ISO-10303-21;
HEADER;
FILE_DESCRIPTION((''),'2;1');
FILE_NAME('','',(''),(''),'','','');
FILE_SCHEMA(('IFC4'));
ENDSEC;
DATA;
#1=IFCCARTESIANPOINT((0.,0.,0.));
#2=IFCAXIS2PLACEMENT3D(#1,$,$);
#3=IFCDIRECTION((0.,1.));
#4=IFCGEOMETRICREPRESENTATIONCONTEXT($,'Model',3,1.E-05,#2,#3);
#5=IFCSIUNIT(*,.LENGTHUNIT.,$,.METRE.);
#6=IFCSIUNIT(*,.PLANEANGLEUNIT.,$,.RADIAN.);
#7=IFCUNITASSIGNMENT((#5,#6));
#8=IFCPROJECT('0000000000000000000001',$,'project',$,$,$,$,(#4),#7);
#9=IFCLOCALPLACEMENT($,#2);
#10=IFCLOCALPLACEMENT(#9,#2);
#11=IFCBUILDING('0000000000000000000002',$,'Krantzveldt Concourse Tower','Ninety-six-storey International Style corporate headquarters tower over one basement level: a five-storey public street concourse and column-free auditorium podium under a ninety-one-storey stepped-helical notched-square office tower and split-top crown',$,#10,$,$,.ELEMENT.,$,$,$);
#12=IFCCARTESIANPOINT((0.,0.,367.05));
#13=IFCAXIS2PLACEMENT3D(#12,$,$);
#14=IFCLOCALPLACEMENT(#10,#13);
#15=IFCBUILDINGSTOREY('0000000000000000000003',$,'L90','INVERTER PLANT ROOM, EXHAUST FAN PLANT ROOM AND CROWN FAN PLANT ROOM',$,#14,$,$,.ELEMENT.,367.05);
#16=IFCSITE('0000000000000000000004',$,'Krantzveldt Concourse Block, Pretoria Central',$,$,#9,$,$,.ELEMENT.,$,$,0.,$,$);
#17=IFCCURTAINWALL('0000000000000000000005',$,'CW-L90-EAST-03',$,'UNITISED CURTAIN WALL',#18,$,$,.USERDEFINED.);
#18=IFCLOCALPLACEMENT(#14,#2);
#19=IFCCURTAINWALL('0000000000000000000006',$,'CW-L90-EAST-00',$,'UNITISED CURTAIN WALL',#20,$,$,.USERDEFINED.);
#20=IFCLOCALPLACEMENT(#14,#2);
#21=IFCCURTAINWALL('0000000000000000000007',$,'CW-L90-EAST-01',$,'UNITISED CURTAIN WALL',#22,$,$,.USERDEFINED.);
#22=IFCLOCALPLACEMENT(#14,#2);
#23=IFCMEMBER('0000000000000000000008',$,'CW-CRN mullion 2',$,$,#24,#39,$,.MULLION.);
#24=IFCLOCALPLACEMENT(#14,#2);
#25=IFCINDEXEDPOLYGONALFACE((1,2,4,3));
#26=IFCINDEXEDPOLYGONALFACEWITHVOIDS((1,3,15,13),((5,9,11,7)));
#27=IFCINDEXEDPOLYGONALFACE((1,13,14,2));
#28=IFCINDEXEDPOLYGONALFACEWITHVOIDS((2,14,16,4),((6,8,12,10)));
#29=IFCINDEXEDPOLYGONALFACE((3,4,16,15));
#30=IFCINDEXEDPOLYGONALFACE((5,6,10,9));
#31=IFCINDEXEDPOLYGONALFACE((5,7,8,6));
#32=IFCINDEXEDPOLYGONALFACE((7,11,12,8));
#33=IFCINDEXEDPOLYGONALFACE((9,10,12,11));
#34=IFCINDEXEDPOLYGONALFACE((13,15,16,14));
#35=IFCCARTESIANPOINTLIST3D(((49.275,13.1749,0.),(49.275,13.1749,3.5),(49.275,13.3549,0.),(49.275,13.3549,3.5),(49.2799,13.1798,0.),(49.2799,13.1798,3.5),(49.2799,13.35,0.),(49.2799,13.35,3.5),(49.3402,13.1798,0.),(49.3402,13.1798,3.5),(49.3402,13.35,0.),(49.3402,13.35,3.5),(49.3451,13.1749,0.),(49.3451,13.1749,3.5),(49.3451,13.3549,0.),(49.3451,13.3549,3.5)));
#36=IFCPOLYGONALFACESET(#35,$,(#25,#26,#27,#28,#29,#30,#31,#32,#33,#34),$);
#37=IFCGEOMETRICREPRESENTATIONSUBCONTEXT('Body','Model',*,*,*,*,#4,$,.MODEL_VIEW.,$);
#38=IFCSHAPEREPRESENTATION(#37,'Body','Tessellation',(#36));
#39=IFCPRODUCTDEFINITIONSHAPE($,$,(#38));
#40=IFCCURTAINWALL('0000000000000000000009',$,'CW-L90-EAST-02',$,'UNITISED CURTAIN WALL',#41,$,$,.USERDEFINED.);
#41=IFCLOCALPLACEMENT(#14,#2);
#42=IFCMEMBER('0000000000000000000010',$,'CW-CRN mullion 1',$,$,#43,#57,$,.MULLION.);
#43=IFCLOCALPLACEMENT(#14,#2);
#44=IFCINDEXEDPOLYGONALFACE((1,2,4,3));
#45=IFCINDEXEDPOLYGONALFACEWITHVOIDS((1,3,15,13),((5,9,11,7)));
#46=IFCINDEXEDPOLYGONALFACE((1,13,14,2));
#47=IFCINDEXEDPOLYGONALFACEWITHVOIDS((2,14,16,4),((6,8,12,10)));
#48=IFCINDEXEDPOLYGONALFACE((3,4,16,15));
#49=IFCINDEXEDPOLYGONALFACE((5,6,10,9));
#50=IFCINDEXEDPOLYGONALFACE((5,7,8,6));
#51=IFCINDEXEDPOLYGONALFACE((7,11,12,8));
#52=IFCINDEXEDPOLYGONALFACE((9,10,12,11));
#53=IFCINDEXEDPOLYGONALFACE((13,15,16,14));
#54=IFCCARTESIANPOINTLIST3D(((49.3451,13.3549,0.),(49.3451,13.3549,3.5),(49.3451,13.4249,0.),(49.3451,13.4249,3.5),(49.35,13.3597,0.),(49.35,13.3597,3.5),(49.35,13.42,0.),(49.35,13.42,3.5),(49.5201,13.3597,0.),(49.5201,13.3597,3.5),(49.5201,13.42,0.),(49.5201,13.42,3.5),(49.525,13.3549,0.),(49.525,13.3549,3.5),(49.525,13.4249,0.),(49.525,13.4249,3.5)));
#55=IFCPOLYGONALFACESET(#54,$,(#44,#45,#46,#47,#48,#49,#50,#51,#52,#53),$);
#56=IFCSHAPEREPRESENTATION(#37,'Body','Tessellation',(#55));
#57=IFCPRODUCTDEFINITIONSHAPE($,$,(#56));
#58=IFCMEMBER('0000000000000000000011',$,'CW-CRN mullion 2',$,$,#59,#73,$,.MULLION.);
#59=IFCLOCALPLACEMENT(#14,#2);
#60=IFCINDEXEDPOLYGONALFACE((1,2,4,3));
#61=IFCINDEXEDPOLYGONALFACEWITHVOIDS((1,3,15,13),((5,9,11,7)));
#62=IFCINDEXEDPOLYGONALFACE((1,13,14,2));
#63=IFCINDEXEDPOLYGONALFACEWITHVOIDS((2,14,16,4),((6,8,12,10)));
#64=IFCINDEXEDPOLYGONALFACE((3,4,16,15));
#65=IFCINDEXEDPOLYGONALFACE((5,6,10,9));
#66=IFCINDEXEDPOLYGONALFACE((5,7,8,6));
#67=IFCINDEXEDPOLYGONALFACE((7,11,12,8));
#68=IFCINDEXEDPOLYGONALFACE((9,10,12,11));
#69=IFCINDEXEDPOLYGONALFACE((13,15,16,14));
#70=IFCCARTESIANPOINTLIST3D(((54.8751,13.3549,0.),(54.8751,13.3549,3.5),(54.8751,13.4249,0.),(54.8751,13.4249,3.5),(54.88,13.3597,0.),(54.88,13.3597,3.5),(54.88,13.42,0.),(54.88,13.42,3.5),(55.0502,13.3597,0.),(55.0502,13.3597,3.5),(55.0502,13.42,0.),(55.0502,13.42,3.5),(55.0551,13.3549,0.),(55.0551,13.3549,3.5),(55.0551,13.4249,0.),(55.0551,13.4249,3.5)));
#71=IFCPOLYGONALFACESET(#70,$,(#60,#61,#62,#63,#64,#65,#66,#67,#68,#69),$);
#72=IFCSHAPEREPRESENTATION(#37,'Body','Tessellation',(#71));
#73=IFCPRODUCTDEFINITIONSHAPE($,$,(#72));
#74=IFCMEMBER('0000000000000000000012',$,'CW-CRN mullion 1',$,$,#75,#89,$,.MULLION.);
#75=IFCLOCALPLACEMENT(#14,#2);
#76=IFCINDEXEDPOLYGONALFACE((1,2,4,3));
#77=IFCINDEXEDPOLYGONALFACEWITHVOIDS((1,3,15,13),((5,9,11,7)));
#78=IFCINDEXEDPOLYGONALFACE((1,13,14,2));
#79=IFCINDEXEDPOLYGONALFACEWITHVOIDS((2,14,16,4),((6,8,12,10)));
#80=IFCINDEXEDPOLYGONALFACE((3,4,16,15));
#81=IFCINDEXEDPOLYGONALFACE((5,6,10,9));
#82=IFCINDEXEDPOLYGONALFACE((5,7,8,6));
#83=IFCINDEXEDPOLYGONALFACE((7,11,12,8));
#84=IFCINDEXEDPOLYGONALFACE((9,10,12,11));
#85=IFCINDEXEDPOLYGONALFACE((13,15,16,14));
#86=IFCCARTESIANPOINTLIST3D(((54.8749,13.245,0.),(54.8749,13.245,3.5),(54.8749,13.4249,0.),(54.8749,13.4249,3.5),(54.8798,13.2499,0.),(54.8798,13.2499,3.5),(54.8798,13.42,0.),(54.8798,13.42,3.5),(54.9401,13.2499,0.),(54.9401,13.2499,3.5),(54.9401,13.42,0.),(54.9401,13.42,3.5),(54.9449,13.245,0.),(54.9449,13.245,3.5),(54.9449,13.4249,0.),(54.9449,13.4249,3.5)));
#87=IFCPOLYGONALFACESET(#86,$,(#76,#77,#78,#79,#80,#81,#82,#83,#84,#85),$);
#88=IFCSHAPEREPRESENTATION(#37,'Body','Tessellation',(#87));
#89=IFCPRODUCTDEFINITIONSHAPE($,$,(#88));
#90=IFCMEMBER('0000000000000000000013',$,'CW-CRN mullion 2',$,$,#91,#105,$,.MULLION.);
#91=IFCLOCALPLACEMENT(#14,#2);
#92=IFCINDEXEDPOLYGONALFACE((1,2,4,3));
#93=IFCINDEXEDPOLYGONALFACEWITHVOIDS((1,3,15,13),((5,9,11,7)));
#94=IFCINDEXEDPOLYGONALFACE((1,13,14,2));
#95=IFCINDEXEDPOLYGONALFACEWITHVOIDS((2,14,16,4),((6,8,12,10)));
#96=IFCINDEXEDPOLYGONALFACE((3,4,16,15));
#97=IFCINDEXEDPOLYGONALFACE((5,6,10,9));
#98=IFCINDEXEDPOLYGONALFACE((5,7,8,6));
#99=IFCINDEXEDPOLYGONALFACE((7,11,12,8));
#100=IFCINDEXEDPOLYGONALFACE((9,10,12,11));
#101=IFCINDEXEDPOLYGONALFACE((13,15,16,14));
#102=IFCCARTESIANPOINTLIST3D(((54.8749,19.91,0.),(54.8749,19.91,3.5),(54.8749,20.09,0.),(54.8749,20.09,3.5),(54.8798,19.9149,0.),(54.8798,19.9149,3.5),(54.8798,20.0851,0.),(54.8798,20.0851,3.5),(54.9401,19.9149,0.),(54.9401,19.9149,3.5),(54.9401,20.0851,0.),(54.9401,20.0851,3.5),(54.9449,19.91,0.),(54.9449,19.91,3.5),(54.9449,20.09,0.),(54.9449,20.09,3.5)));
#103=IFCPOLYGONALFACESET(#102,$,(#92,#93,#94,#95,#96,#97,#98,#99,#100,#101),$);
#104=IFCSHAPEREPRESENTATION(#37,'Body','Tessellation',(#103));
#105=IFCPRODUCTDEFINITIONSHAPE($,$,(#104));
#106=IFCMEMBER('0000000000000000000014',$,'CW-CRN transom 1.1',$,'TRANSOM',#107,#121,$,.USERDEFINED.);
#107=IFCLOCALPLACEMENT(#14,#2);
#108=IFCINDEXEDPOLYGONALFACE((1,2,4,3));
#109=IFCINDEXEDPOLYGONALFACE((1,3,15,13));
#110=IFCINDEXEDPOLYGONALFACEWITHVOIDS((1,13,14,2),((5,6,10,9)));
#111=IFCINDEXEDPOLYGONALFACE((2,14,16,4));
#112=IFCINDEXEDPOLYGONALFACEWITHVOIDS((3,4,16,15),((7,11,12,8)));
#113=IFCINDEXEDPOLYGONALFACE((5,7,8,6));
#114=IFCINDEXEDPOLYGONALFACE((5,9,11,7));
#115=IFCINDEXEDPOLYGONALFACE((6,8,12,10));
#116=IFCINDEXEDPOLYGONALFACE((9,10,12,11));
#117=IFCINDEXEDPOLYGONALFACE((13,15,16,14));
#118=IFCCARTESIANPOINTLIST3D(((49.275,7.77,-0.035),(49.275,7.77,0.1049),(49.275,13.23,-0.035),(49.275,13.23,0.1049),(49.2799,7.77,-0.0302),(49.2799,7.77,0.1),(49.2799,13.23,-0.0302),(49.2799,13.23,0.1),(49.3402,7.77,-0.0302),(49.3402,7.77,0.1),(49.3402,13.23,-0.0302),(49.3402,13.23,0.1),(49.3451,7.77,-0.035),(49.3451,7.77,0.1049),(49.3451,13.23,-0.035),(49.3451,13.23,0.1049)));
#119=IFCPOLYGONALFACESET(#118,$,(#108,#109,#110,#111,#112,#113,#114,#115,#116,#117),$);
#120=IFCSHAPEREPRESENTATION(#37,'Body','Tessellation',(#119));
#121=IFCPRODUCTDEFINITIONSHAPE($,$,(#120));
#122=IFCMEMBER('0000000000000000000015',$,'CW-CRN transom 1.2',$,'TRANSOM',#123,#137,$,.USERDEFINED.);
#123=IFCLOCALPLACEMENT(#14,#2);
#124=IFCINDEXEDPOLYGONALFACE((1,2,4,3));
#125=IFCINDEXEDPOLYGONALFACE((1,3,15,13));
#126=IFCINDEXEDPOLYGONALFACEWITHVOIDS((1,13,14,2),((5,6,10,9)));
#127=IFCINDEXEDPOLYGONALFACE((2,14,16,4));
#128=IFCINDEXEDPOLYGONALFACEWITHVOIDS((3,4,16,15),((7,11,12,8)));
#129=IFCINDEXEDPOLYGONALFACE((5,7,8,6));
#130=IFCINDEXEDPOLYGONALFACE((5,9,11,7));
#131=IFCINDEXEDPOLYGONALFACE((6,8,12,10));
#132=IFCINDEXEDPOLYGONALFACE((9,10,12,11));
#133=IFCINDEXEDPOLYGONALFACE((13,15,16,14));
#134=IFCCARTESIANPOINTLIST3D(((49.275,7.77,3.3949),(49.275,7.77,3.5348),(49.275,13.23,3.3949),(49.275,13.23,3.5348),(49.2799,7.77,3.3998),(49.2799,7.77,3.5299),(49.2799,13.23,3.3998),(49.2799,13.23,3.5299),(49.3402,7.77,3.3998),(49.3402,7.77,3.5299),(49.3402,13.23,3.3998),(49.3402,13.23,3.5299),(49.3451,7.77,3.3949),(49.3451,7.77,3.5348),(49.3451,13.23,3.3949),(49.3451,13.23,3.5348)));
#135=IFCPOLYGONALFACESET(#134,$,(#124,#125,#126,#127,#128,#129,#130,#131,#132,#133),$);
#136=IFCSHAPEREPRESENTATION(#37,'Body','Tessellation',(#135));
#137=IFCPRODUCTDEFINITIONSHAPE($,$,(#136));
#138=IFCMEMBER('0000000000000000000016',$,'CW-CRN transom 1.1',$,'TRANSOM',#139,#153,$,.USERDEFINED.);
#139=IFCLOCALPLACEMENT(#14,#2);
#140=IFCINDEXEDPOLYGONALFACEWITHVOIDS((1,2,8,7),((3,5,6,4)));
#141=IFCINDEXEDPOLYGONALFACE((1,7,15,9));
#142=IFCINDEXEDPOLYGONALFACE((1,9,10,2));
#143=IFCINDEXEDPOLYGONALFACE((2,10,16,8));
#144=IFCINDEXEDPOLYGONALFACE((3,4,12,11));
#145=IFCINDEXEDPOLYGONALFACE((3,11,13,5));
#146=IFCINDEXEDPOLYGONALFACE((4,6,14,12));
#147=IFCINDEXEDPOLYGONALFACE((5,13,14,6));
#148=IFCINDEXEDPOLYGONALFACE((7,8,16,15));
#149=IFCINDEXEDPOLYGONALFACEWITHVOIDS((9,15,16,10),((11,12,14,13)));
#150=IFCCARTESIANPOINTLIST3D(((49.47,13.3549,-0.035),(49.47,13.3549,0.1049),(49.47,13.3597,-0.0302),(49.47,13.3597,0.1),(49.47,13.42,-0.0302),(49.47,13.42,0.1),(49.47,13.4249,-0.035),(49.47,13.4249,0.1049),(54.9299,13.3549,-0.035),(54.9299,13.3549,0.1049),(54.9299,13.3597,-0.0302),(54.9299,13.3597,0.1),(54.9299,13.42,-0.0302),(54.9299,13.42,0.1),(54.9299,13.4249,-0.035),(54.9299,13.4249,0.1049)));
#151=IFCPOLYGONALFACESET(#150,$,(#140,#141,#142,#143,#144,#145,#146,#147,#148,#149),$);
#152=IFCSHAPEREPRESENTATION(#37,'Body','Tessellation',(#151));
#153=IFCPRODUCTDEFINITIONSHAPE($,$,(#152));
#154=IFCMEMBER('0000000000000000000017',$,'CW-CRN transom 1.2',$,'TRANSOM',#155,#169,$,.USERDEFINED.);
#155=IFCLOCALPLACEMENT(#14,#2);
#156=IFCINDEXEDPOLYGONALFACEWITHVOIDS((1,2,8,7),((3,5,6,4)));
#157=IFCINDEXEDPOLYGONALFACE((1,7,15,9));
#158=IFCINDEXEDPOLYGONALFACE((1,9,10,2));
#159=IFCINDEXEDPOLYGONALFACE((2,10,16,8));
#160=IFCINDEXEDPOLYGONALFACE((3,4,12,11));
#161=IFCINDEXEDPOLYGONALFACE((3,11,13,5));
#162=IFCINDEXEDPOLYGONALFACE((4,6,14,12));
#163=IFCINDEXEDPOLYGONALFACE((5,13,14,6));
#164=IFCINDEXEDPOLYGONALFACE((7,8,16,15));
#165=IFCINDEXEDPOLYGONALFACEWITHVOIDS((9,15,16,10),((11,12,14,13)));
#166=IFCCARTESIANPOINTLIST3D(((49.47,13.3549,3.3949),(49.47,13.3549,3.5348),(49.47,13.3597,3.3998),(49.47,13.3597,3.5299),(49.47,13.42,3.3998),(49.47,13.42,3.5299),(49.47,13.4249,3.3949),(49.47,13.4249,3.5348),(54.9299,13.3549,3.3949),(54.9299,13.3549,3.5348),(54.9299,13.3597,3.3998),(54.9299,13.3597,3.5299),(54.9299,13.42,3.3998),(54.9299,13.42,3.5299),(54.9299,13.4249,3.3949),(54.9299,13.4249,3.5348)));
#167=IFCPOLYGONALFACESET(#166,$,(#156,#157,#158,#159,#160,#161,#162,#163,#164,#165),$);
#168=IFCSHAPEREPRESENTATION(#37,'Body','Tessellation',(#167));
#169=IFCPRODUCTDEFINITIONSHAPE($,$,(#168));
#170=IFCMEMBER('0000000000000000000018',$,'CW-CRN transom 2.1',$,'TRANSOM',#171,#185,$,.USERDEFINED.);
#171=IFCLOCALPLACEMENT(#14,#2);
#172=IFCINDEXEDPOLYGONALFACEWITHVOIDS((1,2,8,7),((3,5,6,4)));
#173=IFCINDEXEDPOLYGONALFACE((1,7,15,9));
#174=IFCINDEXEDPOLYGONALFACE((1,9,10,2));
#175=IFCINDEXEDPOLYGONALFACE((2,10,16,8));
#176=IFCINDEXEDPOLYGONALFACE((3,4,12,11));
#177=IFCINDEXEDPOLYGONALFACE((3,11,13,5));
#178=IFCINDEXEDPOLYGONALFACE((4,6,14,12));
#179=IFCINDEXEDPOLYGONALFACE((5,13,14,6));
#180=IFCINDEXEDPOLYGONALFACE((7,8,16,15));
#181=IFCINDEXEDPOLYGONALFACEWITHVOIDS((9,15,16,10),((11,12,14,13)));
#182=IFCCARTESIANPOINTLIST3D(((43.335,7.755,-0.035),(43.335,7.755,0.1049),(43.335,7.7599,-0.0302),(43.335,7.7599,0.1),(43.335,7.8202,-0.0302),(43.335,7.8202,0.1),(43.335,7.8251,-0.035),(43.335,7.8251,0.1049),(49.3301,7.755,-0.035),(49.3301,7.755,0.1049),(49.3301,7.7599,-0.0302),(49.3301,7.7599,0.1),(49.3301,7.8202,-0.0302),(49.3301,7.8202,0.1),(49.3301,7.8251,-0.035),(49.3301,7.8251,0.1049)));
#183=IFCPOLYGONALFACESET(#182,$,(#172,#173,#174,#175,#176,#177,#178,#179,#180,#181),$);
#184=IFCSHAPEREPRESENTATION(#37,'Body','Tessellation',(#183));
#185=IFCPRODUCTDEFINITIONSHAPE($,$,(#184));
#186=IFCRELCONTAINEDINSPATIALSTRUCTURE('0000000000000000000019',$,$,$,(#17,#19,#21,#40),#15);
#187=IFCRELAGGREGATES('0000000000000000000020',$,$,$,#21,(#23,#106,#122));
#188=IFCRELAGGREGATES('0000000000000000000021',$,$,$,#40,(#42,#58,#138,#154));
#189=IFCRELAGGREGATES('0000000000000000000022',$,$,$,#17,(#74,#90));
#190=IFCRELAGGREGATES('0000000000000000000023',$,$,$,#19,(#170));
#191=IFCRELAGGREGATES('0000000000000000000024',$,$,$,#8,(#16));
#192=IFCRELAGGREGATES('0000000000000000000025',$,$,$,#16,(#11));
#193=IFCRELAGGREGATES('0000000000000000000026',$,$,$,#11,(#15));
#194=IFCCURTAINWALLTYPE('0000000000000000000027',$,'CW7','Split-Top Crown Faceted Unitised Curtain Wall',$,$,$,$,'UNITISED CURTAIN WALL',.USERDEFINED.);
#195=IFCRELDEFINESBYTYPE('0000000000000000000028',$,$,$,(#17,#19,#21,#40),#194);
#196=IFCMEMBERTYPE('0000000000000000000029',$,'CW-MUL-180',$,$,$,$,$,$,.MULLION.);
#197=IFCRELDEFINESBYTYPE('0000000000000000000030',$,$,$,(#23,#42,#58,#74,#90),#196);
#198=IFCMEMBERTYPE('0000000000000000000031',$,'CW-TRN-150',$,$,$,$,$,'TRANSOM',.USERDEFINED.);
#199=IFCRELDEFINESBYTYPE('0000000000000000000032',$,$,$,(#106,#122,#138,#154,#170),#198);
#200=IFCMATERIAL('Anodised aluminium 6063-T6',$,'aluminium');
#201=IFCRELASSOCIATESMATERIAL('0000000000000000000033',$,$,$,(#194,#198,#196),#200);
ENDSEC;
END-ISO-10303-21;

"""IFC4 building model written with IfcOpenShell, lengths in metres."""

from ifc_helpers import new_model, si_unit, direction, frame, origin, origin_2d, place, context, subcontext, project, spatial, hollow_rectangle, extrude, source, transform, mapped, material, material_profile, profile_set, type_object, type_shapes, element, aggregate, save


model = new_model("IFC4")

# Units and contexts
model_context = context("Model", 3, precision=1e-05, world=origin(), true_north=direction((0.0, 1.0)))
body_context = subcontext(model_context, "Body", "Model", "MODEL_VIEW")
ifc_project = project(units=[si_unit("LENGTHUNIT", "METRE"), si_unit("PLANEANGLEUNIT", "RADIAN")], contexts=[model_context])

# Site, building, storey
site_placement = place(None, origin())
site = spatial("IfcSite", under=ifc_project, at=site_placement, Name="Krantzveldt Concourse Block, Pretoria Central", CompositionType="ELEMENT", RefElevation=0.0)
building_placement = place(site_placement, origin())
building = spatial("IfcBuilding", under=site, at=building_placement, Name="Krantzveldt Concourse Tower", Description="Ninety-six-storey International Style corporate headquarters tower over one basement level: a five-storey public street concourse and column-free auditorium podium under a ninety-one-storey stepped-helical notched-square office tower and split-top crown", CompositionType="ELEMENT")
storey_placement = place(building_placement, frame((0.0, 0.0, 367.05)))
storey = spatial("IfcBuildingStorey", under=building, at=storey_placement, Name="L90", Description="INVERTER PLANT ROOM, EXHAUST FAN PLANT ROOM AND CROWN FAN PLANT ROOM", CompositionType="ELEMENT", Elevation=367.05)

# Curtain walls, members
ifc_material_1 = material(Name="Anodised aluminium 6063-T6", Category="aluminium")
curtain_wall_type = type_object("IfcCurtainWallType", Name="CW7", Description="Split-Top Crown Faceted Unitised Curtain Wall", ElementType="UNITISED CURTAIN WALL", PredefinedType="USERDEFINED", material=ifc_material_1)
curtain_wall_1_placement = place(storey_placement, origin())
curtain_wall_1 = element("IfcCurtainWall", 1, at=curtain_wall_1_placement, inside=storey, type_object=curtain_wall_type, Name="CW-L90-EAST-03", ObjectType="UNITISED CURTAIN WALL", PredefinedType="USERDEFINED")
ifc_material_profile_1 = material_profile(ifc_material_1, hollow_rectangle(XDim=0.0701, YDim=0.1399, WallThickness=0.0049, at=origin_2d()), Name="Anodised aluminium 6063-T6", Category="aluminium")
ifc_profile_set_1 = profile_set([ifc_material_profile_1], Name="Anodised aluminium 6063-T6 - ALU-TRAN 140x70x5")
member_type_1 = type_object("IfcMemberType", Name="CW-TRN-150", ElementType="TRANSOM", PredefinedType="USERDEFINED", material=ifc_profile_set_1)
curtain_wall_2_placement = place(storey_placement, origin())
curtain_wall_2 = element("IfcCurtainWall", 2, at=curtain_wall_2_placement, inside=storey, type_object=curtain_wall_type, Name="CW-L90-EAST-00", ObjectType="UNITISED CURTAIN WALL", PredefinedType="USERDEFINED")
ifc_material_profile_2 = material_profile(ifc_material_1, hollow_rectangle(XDim=0.0701, YDim=0.1799, WallThickness=0.0049, at=origin_2d()), Name="Anodised aluminium 6063-T6", Category="aluminium")
ifc_profile_set_2 = profile_set([ifc_material_profile_2], Name="Anodised aluminium 6063-T6 - ALU-MULL 180x70x5")
member_type_2 = type_object("IfcMemberType", Name="CW-MUL-180", PredefinedType="MULLION", material=ifc_profile_set_2)
shared_shape_1 = source(origin(), body_context, "Body", "SweptSolid", [
    extrude(hollow_rectangle(XDim=0.0701, YDim=0.1799, WallThickness=0.0049, at=origin_2d()), origin(), (0.0, 0.0, 1.0), 3.5),
])
type_shapes(member_type_2, [shared_shape_1])
curtain_wall_3_placement = place(storey_placement, origin())
curtain_wall_3 = element("IfcCurtainWall", 3, at=curtain_wall_3_placement, inside=storey, type_object=curtain_wall_type, Name="CW-L90-EAST-01", ObjectType="UNITISED CURTAIN WALL", PredefinedType="USERDEFINED")
member_1_placement = place(storey_placement, frame((49.3101, 13.2649, 0.0), z_axis=(0.0, 0.0, 1.0), x_axis=(-1.0, 0.0, 0.0)))
member_1 = element("IfcMember", 4, at=member_1_placement, type_object=member_type_2, Name="CW-CRN mullion 2", PredefinedType="MULLION", context=body_context, shape_type="MappedRepresentation", body=[
    mapped(shared_shape_1, transform((0.0, 0.0, 0.0), x_axis=(1.0, 0.0, 0.0), y_axis=(0.0, 1.0, 0.0), z_axis=(0.0, 0.0, 1.0), scale=1.0)),
])
curtain_wall_4_placement = place(storey_placement, origin())
curtain_wall_4 = element("IfcCurtainWall", 5, at=curtain_wall_4_placement, inside=storey, type_object=curtain_wall_type, Name="CW-L90-EAST-02", ObjectType="UNITISED CURTAIN WALL", PredefinedType="USERDEFINED")
member_2_placement = place(storey_placement, frame((49.4351, 13.3899, 0.0), z_axis=(0.0, 0.0, 1.0), x_axis=(0.0, 1.0, 0.0)))
member_2 = element("IfcMember", 6, at=member_2_placement, type_object=member_type_2, Name="CW-CRN mullion 1", PredefinedType="MULLION", context=body_context, shape_type="MappedRepresentation", body=[
    mapped(shared_shape_1, transform((0.0, 0.0, 0.0), x_axis=(1.0, 0.0, 0.0), y_axis=(0.0, 1.0, 0.0), z_axis=(0.0, 0.0, 1.0), scale=1.0)),
])
member_3_placement = place(storey_placement, frame((54.9651, 13.3899, 0.0), z_axis=(0.0, 0.0, 1.0), x_axis=(0.0, 1.0, 0.0)))
member_3 = element("IfcMember", 7, at=member_3_placement, type_object=member_type_2, Name="CW-CRN mullion 2", PredefinedType="MULLION", context=body_context, shape_type="MappedRepresentation", body=[
    mapped(shared_shape_1, transform((0.0, 0.0, 0.0), x_axis=(1.0, 0.0, 0.0), y_axis=(0.0, 1.0, 0.0), z_axis=(0.0, 0.0, 1.0), scale=1.0)),
])

# Members
member_4_placement = place(storey_placement, frame((54.9099, 13.335, 0.0), z_axis=(0.0, 0.0, 1.0), x_axis=(-1.0, 0.0, 0.0)))
member_4 = element("IfcMember", 8, at=member_4_placement, type_object=member_type_2, Name="CW-CRN mullion 1", PredefinedType="MULLION", context=body_context, shape_type="MappedRepresentation", body=[
    mapped(shared_shape_1, transform((0.0, 0.0, 0.0), x_axis=(1.0, 0.0, 0.0), y_axis=(0.0, 1.0, 0.0), z_axis=(0.0, 0.0, 1.0), scale=1.0)),
])
member_5_placement = place(storey_placement, frame((54.9099, 20.0, 0.0), z_axis=(0.0, 0.0, 1.0), x_axis=(-1.0, 0.0, 0.0)))
member_5 = element("IfcMember", 9, at=member_5_placement, type_object=member_type_2, Name="CW-CRN mullion 2", PredefinedType="MULLION", context=body_context, shape_type="MappedRepresentation", body=[
    mapped(shared_shape_1, transform((0.0, 0.0, 0.0), x_axis=(1.0, 0.0, 0.0), y_axis=(0.0, 1.0, 0.0), z_axis=(0.0, 0.0, 1.0), scale=1.0)),
])
shared_shape_2 = source(origin(), body_context, "Body", "SweptSolid", [
    extrude(hollow_rectangle(XDim=0.0701, YDim=0.1399, WallThickness=0.0049, at=origin_2d()), origin(), (0.0, 0.0, 1.0), 5.46),
])
member_6_placement = place(storey_placement, frame((49.3101, 7.77, 0.0349), z_axis=(0.0, 1.0, 0.0), x_axis=(-1.0, 0.0, 0.0)))
member_6 = element("IfcMember", 10, at=member_6_placement, type_object=member_type_1, Name="CW-CRN transom 1.1", ObjectType="TRANSOM", PredefinedType="USERDEFINED", context=body_context, shape_type="MappedRepresentation", body=[
    mapped(shared_shape_2, transform((0.0, 0.0, 0.0), x_axis=(1.0, 0.0, 0.0), y_axis=(0.0, 1.0, 0.0), z_axis=(0.0, 0.0, 1.0), scale=1.0)),
])
member_7_placement = place(storey_placement, frame((49.3101, 7.77, 3.4648), z_axis=(0.0, 1.0, 0.0), x_axis=(-1.0, 0.0, 0.0)))
member_7 = element("IfcMember", 11, at=member_7_placement, type_object=member_type_1, Name="CW-CRN transom 1.2", ObjectType="TRANSOM", PredefinedType="USERDEFINED", context=body_context, shape_type="MappedRepresentation", body=[
    mapped(shared_shape_2, transform((0.0, 0.0, 0.0), x_axis=(1.0, 0.0, 0.0), y_axis=(0.0, 1.0, 0.0), z_axis=(0.0, 0.0, 1.0), scale=1.0)),
])
member_8_placement = place(storey_placement, frame((49.47, 13.3899, 0.0349), z_axis=(1.0, 0.0, 0.0), x_axis=(0.0, 1.0, 0.0)))
member_8 = element("IfcMember", 12, at=member_8_placement, type_object=member_type_1, Name="CW-CRN transom 1.1", ObjectType="TRANSOM", PredefinedType="USERDEFINED", context=body_context, shape_type="MappedRepresentation", body=[
    mapped(shared_shape_2, transform((0.0, 0.0, 0.0), x_axis=(1.0, 0.0, 0.0), y_axis=(0.0, 1.0, 0.0), z_axis=(0.0, 0.0, 1.0), scale=1.0)),
])
member_9_placement = place(storey_placement, frame((49.47, 13.3899, 3.4648), z_axis=(1.0, 0.0, 0.0), x_axis=(0.0, 1.0, 0.0)))
member_9 = element("IfcMember", 13, at=member_9_placement, type_object=member_type_1, Name="CW-CRN transom 1.2", ObjectType="TRANSOM", PredefinedType="USERDEFINED", context=body_context, shape_type="MappedRepresentation", body=[
    mapped(shared_shape_2, transform((0.0, 0.0, 0.0), x_axis=(1.0, 0.0, 0.0), y_axis=(0.0, 1.0, 0.0), z_axis=(0.0, 0.0, 1.0), scale=1.0)),
])
shared_shape_3 = source(origin(), body_context, "Body", "SweptSolid", [
    extrude(hollow_rectangle(XDim=0.0701, YDim=0.1399, WallThickness=0.0049, at=origin_2d()), origin(), (0.0, 0.0, 1.0), 5.9951),
])
member_10_placement = place(storey_placement, frame((43.335, 7.79, 0.0349), z_axis=(1.0, 0.0, 0.0), x_axis=(0.0, 1.0, 0.0)))
member_10 = element("IfcMember", 14, at=member_10_placement, type_object=member_type_1, Name="CW-CRN transom 2.1", ObjectType="TRANSOM", PredefinedType="USERDEFINED", context=body_context, shape_type="MappedRepresentation", body=[
    mapped(shared_shape_3, transform((0.0, 0.0, 0.0), x_axis=(1.0, 0.0, 0.0), y_axis=(0.0, 1.0, 0.0), z_axis=(0.0, 0.0, 1.0), scale=1.0)),
])

aggregate(curtain_wall_3, [member_1, member_6, member_7])
aggregate(curtain_wall_4, [member_2, member_3, member_8, member_9])
aggregate(curtain_wall_1, [member_4, member_5])
aggregate(curtain_wall_2, [member_10])

save(model, "model.ifc")
